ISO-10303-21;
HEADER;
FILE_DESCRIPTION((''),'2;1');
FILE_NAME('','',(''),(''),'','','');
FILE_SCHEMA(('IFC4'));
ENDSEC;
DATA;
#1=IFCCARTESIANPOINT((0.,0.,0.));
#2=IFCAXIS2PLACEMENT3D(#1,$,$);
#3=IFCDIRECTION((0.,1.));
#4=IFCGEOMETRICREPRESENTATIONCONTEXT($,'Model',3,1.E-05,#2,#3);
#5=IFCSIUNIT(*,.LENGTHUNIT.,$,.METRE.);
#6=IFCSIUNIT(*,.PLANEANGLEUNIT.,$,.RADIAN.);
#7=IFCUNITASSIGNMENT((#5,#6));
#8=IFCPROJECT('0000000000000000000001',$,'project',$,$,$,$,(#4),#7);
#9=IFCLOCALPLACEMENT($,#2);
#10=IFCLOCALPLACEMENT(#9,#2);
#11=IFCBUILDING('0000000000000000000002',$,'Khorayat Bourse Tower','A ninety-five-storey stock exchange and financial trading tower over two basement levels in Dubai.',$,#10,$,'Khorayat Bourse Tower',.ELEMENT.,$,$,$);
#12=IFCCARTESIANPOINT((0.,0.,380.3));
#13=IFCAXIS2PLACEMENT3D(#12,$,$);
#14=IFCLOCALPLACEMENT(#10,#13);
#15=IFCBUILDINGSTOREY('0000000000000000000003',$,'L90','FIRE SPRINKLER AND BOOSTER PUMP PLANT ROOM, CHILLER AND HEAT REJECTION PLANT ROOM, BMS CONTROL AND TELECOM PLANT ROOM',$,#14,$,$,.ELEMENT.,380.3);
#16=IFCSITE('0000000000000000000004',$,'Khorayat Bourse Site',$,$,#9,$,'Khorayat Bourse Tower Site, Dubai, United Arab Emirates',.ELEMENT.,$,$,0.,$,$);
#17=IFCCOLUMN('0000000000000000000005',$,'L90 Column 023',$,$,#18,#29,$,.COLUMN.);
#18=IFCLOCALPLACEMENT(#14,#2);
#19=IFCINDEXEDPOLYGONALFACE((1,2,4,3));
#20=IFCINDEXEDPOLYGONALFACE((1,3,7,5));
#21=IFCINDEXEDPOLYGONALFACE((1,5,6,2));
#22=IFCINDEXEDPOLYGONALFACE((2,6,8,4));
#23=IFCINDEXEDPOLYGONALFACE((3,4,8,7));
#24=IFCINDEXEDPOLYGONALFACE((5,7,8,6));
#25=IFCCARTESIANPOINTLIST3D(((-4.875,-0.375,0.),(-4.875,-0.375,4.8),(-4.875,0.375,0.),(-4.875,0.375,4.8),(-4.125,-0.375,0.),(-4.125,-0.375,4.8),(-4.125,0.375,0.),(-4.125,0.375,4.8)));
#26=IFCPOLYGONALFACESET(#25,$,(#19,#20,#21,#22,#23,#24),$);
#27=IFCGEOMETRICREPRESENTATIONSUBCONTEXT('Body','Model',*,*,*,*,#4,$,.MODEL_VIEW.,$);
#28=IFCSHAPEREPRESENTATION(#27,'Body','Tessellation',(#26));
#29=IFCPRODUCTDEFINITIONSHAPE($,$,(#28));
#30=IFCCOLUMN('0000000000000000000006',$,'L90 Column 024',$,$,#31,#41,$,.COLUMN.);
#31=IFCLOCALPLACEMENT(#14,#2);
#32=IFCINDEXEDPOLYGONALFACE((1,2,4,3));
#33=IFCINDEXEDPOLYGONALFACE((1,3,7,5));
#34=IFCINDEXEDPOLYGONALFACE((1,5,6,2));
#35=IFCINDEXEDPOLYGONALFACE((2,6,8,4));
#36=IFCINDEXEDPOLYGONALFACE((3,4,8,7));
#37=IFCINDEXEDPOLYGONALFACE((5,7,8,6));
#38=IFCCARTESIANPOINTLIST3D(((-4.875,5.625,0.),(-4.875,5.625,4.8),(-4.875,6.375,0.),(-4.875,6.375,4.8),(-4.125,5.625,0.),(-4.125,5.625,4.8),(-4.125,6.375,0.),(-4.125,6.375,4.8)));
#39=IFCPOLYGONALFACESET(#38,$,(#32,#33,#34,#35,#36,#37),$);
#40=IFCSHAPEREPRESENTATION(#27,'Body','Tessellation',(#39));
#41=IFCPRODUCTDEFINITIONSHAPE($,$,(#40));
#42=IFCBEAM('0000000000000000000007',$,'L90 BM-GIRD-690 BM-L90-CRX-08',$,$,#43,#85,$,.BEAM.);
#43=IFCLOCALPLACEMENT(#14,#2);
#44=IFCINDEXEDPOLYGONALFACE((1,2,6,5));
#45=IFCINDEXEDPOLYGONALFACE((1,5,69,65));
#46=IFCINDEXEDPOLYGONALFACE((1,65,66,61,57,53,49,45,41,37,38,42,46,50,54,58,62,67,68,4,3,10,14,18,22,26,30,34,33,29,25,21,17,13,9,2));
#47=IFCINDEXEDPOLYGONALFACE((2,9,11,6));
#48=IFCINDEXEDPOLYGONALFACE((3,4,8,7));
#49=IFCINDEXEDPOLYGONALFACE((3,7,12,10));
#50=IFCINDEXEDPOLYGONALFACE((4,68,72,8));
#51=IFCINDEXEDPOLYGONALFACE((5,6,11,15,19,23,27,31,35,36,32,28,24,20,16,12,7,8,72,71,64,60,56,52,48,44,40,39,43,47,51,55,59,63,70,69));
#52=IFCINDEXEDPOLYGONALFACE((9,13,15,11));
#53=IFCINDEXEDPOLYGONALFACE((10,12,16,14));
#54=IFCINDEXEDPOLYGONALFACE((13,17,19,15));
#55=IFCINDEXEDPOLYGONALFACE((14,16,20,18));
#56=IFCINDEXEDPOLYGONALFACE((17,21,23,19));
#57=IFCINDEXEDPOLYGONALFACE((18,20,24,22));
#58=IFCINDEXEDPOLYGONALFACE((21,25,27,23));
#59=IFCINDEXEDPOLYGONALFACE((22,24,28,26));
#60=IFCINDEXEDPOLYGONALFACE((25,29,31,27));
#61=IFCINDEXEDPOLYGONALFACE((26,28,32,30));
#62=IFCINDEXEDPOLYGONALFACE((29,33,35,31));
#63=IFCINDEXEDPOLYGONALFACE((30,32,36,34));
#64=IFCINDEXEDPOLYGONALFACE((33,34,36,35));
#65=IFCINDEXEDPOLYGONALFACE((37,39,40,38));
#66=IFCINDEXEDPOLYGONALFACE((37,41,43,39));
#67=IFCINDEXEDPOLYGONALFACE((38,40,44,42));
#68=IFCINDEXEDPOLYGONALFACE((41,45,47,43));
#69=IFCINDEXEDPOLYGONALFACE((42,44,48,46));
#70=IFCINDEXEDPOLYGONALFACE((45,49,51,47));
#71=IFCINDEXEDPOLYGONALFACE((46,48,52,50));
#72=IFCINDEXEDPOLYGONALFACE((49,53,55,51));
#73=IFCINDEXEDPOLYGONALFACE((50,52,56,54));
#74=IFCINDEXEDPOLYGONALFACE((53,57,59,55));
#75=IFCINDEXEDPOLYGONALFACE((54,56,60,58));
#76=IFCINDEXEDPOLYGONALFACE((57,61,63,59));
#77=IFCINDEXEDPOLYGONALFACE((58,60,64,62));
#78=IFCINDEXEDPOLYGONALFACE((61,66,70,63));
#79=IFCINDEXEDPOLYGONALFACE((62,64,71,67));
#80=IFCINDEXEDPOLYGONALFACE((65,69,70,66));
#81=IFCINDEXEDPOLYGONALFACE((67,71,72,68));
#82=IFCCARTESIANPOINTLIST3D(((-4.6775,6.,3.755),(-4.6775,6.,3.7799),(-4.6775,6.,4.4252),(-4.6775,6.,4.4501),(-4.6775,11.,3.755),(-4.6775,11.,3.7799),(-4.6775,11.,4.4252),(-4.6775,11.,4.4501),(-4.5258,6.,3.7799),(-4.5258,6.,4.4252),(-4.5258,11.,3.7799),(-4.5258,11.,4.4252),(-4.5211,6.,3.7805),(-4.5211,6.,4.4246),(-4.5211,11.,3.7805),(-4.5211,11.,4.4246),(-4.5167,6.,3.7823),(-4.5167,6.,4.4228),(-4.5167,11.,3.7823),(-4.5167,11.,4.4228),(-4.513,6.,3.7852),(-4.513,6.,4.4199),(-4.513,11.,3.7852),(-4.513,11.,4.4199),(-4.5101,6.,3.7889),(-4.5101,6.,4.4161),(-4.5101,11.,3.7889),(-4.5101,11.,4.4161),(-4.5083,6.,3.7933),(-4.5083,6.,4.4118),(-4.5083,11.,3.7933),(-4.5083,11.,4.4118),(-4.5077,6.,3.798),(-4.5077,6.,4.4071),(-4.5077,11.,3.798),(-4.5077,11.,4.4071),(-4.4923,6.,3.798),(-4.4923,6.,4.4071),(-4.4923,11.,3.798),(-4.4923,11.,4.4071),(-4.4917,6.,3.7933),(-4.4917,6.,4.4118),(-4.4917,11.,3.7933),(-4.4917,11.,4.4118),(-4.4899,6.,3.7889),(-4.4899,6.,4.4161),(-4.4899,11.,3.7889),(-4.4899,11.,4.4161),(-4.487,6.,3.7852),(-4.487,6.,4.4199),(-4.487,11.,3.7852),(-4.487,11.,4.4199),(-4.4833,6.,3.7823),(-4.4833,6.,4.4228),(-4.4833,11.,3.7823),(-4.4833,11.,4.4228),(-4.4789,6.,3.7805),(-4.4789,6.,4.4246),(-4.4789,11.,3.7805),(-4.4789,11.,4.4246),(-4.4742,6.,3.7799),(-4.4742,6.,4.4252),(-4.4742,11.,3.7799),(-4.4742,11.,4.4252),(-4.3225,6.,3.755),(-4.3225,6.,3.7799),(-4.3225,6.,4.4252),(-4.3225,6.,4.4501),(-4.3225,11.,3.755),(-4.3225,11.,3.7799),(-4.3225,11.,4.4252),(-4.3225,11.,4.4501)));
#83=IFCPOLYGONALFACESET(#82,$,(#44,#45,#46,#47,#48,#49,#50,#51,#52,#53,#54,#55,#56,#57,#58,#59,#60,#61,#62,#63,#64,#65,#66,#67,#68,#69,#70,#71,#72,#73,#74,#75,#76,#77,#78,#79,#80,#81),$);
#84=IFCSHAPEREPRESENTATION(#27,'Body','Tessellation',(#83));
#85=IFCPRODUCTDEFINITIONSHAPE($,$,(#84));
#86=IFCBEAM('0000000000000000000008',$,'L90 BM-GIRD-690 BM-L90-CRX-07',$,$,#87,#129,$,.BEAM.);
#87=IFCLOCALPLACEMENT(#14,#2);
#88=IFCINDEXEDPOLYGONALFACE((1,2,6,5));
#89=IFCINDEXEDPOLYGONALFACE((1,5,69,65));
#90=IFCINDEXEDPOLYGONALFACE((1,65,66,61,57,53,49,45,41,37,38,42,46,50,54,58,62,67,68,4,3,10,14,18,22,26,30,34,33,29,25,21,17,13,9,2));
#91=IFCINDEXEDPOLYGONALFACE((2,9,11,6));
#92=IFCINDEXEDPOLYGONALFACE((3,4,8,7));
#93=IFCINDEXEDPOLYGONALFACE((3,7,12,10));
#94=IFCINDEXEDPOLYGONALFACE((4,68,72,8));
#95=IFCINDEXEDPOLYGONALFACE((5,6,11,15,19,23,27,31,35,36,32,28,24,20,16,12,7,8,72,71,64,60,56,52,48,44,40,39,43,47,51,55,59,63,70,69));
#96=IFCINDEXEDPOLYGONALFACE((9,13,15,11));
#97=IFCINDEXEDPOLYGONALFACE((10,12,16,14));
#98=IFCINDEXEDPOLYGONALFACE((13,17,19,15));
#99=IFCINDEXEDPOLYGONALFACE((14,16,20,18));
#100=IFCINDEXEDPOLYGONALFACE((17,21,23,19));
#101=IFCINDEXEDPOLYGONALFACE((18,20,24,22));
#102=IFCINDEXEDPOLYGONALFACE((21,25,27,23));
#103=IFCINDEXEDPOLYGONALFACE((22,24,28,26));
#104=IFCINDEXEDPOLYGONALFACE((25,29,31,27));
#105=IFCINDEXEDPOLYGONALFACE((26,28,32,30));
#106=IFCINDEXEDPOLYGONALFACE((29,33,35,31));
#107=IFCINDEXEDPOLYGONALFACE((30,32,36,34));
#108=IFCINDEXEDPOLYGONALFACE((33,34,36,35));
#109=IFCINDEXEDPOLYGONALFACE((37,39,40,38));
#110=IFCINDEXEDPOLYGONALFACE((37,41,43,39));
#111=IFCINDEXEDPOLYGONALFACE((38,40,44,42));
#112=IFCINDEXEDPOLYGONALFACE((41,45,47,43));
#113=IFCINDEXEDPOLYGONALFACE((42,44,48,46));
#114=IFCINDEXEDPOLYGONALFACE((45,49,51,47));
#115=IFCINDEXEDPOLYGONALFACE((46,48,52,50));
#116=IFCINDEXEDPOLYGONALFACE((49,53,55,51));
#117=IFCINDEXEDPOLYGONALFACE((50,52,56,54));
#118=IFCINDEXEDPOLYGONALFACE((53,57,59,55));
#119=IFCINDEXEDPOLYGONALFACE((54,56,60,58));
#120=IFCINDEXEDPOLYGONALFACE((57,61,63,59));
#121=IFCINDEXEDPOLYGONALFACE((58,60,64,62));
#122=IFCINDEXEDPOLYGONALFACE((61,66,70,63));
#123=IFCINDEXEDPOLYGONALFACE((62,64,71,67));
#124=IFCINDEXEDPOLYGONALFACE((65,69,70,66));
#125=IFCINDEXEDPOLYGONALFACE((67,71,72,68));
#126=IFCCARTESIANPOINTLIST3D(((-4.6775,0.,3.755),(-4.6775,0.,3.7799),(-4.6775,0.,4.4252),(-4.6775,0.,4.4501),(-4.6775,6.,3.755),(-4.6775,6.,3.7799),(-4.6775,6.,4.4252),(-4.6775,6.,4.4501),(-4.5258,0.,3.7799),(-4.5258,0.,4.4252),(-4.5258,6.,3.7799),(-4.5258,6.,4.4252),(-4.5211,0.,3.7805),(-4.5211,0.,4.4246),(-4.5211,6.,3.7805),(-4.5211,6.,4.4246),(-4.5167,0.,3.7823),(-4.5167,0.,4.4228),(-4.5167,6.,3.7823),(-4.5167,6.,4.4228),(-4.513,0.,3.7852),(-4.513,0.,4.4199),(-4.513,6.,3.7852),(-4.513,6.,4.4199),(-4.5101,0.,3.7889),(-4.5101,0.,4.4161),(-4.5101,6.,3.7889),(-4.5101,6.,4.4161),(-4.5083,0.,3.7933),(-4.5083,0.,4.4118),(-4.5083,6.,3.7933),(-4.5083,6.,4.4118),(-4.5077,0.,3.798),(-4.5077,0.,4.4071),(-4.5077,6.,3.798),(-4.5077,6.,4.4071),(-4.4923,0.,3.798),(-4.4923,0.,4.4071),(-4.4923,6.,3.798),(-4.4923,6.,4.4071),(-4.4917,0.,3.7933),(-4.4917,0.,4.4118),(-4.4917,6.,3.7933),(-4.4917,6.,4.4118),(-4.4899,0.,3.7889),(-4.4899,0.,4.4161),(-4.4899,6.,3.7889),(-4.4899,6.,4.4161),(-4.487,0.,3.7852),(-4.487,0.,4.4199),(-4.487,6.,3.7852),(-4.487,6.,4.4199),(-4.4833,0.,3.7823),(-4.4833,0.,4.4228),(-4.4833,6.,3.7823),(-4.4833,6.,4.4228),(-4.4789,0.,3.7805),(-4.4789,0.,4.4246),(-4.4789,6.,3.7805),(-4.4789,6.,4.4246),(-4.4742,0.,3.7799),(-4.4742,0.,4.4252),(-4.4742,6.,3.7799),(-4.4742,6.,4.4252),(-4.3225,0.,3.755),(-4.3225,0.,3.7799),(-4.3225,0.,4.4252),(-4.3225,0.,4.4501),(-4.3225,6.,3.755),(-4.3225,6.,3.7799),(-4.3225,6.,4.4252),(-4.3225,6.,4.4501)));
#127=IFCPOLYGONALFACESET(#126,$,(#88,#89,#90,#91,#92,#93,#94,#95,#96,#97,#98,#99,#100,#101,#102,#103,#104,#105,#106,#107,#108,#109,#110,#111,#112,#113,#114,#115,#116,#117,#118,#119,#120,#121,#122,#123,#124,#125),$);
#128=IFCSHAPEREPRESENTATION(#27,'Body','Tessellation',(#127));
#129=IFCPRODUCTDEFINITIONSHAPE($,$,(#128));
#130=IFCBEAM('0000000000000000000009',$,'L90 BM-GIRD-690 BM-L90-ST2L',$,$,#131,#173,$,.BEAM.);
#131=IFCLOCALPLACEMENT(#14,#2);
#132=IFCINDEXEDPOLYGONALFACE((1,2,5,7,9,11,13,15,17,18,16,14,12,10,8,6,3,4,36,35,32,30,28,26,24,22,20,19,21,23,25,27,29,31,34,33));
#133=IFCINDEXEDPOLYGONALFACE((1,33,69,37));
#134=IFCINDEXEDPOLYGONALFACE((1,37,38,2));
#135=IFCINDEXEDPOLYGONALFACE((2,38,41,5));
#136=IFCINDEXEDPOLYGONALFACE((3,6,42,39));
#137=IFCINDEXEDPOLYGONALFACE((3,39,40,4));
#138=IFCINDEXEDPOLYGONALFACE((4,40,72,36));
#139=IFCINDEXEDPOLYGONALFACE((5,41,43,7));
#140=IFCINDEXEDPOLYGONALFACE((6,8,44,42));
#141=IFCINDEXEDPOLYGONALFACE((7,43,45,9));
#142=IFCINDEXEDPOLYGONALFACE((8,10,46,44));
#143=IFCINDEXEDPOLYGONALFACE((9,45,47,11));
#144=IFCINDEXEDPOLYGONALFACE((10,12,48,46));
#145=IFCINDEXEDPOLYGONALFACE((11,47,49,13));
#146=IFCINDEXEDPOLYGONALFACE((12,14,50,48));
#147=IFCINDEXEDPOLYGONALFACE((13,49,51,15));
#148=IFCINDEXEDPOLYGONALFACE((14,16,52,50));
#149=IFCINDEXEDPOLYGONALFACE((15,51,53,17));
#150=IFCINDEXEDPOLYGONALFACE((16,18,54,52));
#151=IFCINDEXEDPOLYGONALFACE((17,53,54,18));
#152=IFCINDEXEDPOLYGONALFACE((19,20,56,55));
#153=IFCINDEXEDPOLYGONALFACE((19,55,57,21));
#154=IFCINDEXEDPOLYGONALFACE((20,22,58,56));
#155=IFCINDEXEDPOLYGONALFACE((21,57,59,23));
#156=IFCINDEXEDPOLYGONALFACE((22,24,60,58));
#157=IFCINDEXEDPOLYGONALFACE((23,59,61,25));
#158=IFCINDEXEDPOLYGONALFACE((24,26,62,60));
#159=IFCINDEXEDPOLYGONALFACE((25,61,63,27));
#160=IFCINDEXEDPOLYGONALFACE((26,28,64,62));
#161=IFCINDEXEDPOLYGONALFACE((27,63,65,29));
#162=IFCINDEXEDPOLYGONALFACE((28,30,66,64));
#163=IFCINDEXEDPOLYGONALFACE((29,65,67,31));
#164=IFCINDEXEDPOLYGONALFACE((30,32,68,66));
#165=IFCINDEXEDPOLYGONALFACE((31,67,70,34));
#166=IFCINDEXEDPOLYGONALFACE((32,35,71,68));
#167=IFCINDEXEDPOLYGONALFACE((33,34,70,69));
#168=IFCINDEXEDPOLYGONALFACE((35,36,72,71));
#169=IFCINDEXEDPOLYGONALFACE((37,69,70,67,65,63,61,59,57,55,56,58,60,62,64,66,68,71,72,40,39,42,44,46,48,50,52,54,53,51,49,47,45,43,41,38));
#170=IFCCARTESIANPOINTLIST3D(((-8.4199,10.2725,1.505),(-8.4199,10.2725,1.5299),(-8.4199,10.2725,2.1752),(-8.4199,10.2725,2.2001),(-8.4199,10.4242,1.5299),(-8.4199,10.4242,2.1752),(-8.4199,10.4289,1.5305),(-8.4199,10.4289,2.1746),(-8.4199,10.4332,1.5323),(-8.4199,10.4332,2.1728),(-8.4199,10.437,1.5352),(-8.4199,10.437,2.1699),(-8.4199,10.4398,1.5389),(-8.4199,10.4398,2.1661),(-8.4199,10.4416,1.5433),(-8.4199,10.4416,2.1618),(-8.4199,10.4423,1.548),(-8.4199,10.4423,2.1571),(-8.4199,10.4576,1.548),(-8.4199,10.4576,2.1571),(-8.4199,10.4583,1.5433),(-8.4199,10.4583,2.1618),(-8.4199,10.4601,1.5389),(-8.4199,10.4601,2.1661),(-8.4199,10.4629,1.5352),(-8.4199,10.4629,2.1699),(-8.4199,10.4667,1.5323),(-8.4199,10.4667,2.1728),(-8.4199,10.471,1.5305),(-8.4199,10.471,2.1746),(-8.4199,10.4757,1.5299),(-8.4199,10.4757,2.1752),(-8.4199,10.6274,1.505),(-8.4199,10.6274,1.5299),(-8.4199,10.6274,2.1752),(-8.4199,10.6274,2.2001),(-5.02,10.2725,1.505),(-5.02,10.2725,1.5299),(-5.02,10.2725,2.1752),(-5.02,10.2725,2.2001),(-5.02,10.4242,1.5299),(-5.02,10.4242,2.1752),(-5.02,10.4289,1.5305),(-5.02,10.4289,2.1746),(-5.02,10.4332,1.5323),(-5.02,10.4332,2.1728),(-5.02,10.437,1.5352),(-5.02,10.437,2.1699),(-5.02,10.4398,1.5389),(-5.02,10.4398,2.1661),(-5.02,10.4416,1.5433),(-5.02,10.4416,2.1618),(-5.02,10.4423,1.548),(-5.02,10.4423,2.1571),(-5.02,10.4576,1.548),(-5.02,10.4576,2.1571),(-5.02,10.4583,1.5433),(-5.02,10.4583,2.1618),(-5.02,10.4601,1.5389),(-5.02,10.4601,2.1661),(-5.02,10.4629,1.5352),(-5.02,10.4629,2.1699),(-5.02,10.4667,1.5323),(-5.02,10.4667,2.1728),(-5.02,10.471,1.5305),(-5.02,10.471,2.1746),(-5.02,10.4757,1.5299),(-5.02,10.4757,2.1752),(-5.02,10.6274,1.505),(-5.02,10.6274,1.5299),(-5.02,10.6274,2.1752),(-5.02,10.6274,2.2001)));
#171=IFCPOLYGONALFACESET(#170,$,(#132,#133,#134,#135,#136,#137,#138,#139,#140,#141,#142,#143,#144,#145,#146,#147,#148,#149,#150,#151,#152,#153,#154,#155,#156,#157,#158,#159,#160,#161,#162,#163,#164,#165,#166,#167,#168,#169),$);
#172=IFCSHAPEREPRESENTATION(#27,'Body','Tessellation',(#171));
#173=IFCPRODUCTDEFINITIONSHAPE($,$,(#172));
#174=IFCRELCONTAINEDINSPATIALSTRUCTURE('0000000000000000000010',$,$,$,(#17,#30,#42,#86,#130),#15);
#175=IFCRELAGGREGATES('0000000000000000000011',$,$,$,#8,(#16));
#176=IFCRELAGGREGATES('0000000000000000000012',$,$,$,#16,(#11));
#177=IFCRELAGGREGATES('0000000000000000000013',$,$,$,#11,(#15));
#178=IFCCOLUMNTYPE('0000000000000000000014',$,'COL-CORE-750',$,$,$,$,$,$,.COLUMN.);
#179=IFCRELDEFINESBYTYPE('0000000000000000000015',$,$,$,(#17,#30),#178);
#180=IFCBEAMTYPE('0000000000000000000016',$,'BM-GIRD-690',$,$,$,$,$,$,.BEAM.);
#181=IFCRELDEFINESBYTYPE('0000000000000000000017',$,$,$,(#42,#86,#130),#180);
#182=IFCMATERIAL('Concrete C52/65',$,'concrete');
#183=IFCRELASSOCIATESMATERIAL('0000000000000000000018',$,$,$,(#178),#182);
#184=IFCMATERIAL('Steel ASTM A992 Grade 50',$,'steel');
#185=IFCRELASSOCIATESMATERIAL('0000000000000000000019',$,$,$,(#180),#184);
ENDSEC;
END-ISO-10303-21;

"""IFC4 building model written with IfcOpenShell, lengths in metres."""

from ifc_helpers import new_model, si_unit, direction, frame, origin, origin_2d, place, context, subcontext, project, spatial, rectangle, i_section, extrude, source, transform, mapped, material, material_profile, profile_set, type_object, element, save


model = new_model("IFC4")

# Units and contexts
model_context = context("Model", 3, precision=1e-05, world=origin(), true_north=direction((0.0, 1.0)))
body_context = subcontext(model_context, "Body", "Model", "MODEL_VIEW")
ifc_project = project(units=[si_unit("LENGTHUNIT", "METRE"), si_unit("PLANEANGLEUNIT", "RADIAN")], contexts=[model_context])

# Site, building, storey
site_placement = place(None, origin())
site = spatial("IfcSite", under=ifc_project, at=site_placement, Name="Khorayat Bourse Site", LongName="Khorayat Bourse Tower Site, Dubai, United Arab Emirates", CompositionType="ELEMENT", RefElevation=0.0)
building_placement = place(site_placement, origin())
building = spatial("IfcBuilding", under=site, at=building_placement, Name="Khorayat Bourse Tower", Description="A ninety-five-storey stock exchange and financial trading tower over two basement levels in Dubai.", LongName="Khorayat Bourse Tower", CompositionType="ELEMENT")
storey_placement = place(building_placement, frame((0.0, 0.0, 380.3)))
storey = spatial("IfcBuildingStorey", under=building, at=storey_placement, Name="L90", Description="FIRE SPRINKLER AND BOOSTER PUMP PLANT ROOM, CHILLER AND HEAT REJECTION PLANT ROOM, BMS CONTROL AND TELECOM PLANT ROOM", CompositionType="ELEMENT", Elevation=380.3)

# Columns
ifc_material_1 = material(Name="Concrete C52/65", Category="concrete")
ifc_material_profile_1 = material_profile(ifc_material_1, rectangle(XDim=0.75, YDim=0.75, at=origin_2d()), Name="RC 750x750")
ifc_profile_set_1 = profile_set([ifc_material_profile_1], Name="Concrete C52/65")
column_type = type_object("IfcColumnType", Name="COL-CORE-750", PredefinedType="COLUMN", material=ifc_profile_set_1)
shared_shape_1 = source(origin(), body_context, "Body", "SweptSolid", [
    extrude(rectangle(XDim=0.75, YDim=0.75, at=origin_2d()), origin(), (0.0, 0.0, 1.0), 4.8),
])
for number, where, z_axis, x_axis, name in (
    (1, (-4.5, 0.0, 0.0), (0.0, 0.0, 1.0), (1.0, 0.0, 0.0), "L90 Column 023"),
    (2, (-4.5, 6.0, 0.0), (0.0, 0.0, 1.0), (1.0, 0.0, 0.0), "L90 Column 024"),
):
    element("IfcColumn", number, at=place(storey_placement, frame(where, z_axis=z_axis, x_axis=x_axis)), inside=storey, type_object=column_type, Name=name, PredefinedType="COLUMN", context=body_context, shape_type="MappedRepresentation", body=[
        mapped(shared_shape_1, transform((0.0, 0.0, 0.0), scale=1.0)),
    ])

# Beams
ifc_material_2 = material(Name="Steel ASTM A992 Grade 50", Category="steel")
ifc_material_profile_2 = material_profile(ifc_material_2, i_section(OverallWidth=0.355, OverallDepth=0.6951, WebThickness=0.0154, FlangeThickness=0.0249, FilletRadius=0.0181, at=origin_2d()), Name="W690X217")
ifc_profile_set_2 = profile_set([ifc_material_profile_2], Name="Steel ASTM A992 Grade 50")
beam_type = type_object("IfcBeamType", Name="BM-GIRD-690", PredefinedType="BEAM", material=ifc_profile_set_2)
shared_shape_2 = source(origin(), body_context, "Body", "SweptSolid", [
    extrude(i_section(OverallWidth=0.355, OverallDepth=0.6951, WebThickness=0.0154, FlangeThickness=0.0249, FilletRadius=0.0181, at=origin_2d()), origin(), (0.0, 0.0, 1.0), 5.0),
])
beam_1_placement = place(storey_placement, frame((-4.5, 6.0, 4.1025), z_axis=(0.0, 1.0, 0.0), x_axis=(-1.0, 0.0, 0.0)))
element("IfcBeam", 3, at=beam_1_placement, inside=storey, type_object=beam_type, Name="L90 BM-GIRD-690 BM-L90-CRX-08", PredefinedType="BEAM", context=body_context, shape_type="MappedRepresentation", body=[
    mapped(shared_shape_2, transform((0.0, 0.0, 0.0), scale=1.0)),
])
shared_shape_3 = source(origin(), body_context, "Body", "SweptSolid", [
    extrude(i_section(OverallWidth=0.355, OverallDepth=0.6951, WebThickness=0.0154, FlangeThickness=0.0249, FilletRadius=0.0181, at=origin_2d()), origin(), (0.0, 0.0, 1.0), 6.0),
])
beam_2_placement = place(storey_placement, frame((-4.5, 0.0, 4.1025), z_axis=(0.0, 1.0, 0.0), x_axis=(-1.0, 0.0, 0.0)))
element("IfcBeam", 4, at=beam_2_placement, inside=storey, type_object=beam_type, Name="L90 BM-GIRD-690 BM-L90-CRX-07", PredefinedType="BEAM", context=body_context, shape_type="MappedRepresentation", body=[
    mapped(shared_shape_3, transform((0.0, 0.0, 0.0), scale=1.0)),
])
shared_shape_4 = source(origin(), body_context, "Body", "SweptSolid", [
    extrude(i_section(OverallWidth=0.355, OverallDepth=0.6951, WebThickness=0.0154, FlangeThickness=0.0249, FilletRadius=0.0181, at=origin_2d()), origin(), (0.0, 0.0, 1.0), 3.3999),
])
beam_3_placement = place(storey_placement, frame((-8.4199, 10.45, 1.8525), z_axis=(1.0, 0.0, 0.0), x_axis=(0.0, 1.0, 0.0)))
element("IfcBeam", 5, at=beam_3_placement, inside=storey, type_object=beam_type, Name="L90 BM-GIRD-690 BM-L90-ST2L", PredefinedType="BEAM", context=body_context, shape_type="MappedRepresentation", body=[
    mapped(shared_shape_4, transform((0.0, 0.0, 0.0), scale=1.0)),
])

save(model, "model.ifc")
